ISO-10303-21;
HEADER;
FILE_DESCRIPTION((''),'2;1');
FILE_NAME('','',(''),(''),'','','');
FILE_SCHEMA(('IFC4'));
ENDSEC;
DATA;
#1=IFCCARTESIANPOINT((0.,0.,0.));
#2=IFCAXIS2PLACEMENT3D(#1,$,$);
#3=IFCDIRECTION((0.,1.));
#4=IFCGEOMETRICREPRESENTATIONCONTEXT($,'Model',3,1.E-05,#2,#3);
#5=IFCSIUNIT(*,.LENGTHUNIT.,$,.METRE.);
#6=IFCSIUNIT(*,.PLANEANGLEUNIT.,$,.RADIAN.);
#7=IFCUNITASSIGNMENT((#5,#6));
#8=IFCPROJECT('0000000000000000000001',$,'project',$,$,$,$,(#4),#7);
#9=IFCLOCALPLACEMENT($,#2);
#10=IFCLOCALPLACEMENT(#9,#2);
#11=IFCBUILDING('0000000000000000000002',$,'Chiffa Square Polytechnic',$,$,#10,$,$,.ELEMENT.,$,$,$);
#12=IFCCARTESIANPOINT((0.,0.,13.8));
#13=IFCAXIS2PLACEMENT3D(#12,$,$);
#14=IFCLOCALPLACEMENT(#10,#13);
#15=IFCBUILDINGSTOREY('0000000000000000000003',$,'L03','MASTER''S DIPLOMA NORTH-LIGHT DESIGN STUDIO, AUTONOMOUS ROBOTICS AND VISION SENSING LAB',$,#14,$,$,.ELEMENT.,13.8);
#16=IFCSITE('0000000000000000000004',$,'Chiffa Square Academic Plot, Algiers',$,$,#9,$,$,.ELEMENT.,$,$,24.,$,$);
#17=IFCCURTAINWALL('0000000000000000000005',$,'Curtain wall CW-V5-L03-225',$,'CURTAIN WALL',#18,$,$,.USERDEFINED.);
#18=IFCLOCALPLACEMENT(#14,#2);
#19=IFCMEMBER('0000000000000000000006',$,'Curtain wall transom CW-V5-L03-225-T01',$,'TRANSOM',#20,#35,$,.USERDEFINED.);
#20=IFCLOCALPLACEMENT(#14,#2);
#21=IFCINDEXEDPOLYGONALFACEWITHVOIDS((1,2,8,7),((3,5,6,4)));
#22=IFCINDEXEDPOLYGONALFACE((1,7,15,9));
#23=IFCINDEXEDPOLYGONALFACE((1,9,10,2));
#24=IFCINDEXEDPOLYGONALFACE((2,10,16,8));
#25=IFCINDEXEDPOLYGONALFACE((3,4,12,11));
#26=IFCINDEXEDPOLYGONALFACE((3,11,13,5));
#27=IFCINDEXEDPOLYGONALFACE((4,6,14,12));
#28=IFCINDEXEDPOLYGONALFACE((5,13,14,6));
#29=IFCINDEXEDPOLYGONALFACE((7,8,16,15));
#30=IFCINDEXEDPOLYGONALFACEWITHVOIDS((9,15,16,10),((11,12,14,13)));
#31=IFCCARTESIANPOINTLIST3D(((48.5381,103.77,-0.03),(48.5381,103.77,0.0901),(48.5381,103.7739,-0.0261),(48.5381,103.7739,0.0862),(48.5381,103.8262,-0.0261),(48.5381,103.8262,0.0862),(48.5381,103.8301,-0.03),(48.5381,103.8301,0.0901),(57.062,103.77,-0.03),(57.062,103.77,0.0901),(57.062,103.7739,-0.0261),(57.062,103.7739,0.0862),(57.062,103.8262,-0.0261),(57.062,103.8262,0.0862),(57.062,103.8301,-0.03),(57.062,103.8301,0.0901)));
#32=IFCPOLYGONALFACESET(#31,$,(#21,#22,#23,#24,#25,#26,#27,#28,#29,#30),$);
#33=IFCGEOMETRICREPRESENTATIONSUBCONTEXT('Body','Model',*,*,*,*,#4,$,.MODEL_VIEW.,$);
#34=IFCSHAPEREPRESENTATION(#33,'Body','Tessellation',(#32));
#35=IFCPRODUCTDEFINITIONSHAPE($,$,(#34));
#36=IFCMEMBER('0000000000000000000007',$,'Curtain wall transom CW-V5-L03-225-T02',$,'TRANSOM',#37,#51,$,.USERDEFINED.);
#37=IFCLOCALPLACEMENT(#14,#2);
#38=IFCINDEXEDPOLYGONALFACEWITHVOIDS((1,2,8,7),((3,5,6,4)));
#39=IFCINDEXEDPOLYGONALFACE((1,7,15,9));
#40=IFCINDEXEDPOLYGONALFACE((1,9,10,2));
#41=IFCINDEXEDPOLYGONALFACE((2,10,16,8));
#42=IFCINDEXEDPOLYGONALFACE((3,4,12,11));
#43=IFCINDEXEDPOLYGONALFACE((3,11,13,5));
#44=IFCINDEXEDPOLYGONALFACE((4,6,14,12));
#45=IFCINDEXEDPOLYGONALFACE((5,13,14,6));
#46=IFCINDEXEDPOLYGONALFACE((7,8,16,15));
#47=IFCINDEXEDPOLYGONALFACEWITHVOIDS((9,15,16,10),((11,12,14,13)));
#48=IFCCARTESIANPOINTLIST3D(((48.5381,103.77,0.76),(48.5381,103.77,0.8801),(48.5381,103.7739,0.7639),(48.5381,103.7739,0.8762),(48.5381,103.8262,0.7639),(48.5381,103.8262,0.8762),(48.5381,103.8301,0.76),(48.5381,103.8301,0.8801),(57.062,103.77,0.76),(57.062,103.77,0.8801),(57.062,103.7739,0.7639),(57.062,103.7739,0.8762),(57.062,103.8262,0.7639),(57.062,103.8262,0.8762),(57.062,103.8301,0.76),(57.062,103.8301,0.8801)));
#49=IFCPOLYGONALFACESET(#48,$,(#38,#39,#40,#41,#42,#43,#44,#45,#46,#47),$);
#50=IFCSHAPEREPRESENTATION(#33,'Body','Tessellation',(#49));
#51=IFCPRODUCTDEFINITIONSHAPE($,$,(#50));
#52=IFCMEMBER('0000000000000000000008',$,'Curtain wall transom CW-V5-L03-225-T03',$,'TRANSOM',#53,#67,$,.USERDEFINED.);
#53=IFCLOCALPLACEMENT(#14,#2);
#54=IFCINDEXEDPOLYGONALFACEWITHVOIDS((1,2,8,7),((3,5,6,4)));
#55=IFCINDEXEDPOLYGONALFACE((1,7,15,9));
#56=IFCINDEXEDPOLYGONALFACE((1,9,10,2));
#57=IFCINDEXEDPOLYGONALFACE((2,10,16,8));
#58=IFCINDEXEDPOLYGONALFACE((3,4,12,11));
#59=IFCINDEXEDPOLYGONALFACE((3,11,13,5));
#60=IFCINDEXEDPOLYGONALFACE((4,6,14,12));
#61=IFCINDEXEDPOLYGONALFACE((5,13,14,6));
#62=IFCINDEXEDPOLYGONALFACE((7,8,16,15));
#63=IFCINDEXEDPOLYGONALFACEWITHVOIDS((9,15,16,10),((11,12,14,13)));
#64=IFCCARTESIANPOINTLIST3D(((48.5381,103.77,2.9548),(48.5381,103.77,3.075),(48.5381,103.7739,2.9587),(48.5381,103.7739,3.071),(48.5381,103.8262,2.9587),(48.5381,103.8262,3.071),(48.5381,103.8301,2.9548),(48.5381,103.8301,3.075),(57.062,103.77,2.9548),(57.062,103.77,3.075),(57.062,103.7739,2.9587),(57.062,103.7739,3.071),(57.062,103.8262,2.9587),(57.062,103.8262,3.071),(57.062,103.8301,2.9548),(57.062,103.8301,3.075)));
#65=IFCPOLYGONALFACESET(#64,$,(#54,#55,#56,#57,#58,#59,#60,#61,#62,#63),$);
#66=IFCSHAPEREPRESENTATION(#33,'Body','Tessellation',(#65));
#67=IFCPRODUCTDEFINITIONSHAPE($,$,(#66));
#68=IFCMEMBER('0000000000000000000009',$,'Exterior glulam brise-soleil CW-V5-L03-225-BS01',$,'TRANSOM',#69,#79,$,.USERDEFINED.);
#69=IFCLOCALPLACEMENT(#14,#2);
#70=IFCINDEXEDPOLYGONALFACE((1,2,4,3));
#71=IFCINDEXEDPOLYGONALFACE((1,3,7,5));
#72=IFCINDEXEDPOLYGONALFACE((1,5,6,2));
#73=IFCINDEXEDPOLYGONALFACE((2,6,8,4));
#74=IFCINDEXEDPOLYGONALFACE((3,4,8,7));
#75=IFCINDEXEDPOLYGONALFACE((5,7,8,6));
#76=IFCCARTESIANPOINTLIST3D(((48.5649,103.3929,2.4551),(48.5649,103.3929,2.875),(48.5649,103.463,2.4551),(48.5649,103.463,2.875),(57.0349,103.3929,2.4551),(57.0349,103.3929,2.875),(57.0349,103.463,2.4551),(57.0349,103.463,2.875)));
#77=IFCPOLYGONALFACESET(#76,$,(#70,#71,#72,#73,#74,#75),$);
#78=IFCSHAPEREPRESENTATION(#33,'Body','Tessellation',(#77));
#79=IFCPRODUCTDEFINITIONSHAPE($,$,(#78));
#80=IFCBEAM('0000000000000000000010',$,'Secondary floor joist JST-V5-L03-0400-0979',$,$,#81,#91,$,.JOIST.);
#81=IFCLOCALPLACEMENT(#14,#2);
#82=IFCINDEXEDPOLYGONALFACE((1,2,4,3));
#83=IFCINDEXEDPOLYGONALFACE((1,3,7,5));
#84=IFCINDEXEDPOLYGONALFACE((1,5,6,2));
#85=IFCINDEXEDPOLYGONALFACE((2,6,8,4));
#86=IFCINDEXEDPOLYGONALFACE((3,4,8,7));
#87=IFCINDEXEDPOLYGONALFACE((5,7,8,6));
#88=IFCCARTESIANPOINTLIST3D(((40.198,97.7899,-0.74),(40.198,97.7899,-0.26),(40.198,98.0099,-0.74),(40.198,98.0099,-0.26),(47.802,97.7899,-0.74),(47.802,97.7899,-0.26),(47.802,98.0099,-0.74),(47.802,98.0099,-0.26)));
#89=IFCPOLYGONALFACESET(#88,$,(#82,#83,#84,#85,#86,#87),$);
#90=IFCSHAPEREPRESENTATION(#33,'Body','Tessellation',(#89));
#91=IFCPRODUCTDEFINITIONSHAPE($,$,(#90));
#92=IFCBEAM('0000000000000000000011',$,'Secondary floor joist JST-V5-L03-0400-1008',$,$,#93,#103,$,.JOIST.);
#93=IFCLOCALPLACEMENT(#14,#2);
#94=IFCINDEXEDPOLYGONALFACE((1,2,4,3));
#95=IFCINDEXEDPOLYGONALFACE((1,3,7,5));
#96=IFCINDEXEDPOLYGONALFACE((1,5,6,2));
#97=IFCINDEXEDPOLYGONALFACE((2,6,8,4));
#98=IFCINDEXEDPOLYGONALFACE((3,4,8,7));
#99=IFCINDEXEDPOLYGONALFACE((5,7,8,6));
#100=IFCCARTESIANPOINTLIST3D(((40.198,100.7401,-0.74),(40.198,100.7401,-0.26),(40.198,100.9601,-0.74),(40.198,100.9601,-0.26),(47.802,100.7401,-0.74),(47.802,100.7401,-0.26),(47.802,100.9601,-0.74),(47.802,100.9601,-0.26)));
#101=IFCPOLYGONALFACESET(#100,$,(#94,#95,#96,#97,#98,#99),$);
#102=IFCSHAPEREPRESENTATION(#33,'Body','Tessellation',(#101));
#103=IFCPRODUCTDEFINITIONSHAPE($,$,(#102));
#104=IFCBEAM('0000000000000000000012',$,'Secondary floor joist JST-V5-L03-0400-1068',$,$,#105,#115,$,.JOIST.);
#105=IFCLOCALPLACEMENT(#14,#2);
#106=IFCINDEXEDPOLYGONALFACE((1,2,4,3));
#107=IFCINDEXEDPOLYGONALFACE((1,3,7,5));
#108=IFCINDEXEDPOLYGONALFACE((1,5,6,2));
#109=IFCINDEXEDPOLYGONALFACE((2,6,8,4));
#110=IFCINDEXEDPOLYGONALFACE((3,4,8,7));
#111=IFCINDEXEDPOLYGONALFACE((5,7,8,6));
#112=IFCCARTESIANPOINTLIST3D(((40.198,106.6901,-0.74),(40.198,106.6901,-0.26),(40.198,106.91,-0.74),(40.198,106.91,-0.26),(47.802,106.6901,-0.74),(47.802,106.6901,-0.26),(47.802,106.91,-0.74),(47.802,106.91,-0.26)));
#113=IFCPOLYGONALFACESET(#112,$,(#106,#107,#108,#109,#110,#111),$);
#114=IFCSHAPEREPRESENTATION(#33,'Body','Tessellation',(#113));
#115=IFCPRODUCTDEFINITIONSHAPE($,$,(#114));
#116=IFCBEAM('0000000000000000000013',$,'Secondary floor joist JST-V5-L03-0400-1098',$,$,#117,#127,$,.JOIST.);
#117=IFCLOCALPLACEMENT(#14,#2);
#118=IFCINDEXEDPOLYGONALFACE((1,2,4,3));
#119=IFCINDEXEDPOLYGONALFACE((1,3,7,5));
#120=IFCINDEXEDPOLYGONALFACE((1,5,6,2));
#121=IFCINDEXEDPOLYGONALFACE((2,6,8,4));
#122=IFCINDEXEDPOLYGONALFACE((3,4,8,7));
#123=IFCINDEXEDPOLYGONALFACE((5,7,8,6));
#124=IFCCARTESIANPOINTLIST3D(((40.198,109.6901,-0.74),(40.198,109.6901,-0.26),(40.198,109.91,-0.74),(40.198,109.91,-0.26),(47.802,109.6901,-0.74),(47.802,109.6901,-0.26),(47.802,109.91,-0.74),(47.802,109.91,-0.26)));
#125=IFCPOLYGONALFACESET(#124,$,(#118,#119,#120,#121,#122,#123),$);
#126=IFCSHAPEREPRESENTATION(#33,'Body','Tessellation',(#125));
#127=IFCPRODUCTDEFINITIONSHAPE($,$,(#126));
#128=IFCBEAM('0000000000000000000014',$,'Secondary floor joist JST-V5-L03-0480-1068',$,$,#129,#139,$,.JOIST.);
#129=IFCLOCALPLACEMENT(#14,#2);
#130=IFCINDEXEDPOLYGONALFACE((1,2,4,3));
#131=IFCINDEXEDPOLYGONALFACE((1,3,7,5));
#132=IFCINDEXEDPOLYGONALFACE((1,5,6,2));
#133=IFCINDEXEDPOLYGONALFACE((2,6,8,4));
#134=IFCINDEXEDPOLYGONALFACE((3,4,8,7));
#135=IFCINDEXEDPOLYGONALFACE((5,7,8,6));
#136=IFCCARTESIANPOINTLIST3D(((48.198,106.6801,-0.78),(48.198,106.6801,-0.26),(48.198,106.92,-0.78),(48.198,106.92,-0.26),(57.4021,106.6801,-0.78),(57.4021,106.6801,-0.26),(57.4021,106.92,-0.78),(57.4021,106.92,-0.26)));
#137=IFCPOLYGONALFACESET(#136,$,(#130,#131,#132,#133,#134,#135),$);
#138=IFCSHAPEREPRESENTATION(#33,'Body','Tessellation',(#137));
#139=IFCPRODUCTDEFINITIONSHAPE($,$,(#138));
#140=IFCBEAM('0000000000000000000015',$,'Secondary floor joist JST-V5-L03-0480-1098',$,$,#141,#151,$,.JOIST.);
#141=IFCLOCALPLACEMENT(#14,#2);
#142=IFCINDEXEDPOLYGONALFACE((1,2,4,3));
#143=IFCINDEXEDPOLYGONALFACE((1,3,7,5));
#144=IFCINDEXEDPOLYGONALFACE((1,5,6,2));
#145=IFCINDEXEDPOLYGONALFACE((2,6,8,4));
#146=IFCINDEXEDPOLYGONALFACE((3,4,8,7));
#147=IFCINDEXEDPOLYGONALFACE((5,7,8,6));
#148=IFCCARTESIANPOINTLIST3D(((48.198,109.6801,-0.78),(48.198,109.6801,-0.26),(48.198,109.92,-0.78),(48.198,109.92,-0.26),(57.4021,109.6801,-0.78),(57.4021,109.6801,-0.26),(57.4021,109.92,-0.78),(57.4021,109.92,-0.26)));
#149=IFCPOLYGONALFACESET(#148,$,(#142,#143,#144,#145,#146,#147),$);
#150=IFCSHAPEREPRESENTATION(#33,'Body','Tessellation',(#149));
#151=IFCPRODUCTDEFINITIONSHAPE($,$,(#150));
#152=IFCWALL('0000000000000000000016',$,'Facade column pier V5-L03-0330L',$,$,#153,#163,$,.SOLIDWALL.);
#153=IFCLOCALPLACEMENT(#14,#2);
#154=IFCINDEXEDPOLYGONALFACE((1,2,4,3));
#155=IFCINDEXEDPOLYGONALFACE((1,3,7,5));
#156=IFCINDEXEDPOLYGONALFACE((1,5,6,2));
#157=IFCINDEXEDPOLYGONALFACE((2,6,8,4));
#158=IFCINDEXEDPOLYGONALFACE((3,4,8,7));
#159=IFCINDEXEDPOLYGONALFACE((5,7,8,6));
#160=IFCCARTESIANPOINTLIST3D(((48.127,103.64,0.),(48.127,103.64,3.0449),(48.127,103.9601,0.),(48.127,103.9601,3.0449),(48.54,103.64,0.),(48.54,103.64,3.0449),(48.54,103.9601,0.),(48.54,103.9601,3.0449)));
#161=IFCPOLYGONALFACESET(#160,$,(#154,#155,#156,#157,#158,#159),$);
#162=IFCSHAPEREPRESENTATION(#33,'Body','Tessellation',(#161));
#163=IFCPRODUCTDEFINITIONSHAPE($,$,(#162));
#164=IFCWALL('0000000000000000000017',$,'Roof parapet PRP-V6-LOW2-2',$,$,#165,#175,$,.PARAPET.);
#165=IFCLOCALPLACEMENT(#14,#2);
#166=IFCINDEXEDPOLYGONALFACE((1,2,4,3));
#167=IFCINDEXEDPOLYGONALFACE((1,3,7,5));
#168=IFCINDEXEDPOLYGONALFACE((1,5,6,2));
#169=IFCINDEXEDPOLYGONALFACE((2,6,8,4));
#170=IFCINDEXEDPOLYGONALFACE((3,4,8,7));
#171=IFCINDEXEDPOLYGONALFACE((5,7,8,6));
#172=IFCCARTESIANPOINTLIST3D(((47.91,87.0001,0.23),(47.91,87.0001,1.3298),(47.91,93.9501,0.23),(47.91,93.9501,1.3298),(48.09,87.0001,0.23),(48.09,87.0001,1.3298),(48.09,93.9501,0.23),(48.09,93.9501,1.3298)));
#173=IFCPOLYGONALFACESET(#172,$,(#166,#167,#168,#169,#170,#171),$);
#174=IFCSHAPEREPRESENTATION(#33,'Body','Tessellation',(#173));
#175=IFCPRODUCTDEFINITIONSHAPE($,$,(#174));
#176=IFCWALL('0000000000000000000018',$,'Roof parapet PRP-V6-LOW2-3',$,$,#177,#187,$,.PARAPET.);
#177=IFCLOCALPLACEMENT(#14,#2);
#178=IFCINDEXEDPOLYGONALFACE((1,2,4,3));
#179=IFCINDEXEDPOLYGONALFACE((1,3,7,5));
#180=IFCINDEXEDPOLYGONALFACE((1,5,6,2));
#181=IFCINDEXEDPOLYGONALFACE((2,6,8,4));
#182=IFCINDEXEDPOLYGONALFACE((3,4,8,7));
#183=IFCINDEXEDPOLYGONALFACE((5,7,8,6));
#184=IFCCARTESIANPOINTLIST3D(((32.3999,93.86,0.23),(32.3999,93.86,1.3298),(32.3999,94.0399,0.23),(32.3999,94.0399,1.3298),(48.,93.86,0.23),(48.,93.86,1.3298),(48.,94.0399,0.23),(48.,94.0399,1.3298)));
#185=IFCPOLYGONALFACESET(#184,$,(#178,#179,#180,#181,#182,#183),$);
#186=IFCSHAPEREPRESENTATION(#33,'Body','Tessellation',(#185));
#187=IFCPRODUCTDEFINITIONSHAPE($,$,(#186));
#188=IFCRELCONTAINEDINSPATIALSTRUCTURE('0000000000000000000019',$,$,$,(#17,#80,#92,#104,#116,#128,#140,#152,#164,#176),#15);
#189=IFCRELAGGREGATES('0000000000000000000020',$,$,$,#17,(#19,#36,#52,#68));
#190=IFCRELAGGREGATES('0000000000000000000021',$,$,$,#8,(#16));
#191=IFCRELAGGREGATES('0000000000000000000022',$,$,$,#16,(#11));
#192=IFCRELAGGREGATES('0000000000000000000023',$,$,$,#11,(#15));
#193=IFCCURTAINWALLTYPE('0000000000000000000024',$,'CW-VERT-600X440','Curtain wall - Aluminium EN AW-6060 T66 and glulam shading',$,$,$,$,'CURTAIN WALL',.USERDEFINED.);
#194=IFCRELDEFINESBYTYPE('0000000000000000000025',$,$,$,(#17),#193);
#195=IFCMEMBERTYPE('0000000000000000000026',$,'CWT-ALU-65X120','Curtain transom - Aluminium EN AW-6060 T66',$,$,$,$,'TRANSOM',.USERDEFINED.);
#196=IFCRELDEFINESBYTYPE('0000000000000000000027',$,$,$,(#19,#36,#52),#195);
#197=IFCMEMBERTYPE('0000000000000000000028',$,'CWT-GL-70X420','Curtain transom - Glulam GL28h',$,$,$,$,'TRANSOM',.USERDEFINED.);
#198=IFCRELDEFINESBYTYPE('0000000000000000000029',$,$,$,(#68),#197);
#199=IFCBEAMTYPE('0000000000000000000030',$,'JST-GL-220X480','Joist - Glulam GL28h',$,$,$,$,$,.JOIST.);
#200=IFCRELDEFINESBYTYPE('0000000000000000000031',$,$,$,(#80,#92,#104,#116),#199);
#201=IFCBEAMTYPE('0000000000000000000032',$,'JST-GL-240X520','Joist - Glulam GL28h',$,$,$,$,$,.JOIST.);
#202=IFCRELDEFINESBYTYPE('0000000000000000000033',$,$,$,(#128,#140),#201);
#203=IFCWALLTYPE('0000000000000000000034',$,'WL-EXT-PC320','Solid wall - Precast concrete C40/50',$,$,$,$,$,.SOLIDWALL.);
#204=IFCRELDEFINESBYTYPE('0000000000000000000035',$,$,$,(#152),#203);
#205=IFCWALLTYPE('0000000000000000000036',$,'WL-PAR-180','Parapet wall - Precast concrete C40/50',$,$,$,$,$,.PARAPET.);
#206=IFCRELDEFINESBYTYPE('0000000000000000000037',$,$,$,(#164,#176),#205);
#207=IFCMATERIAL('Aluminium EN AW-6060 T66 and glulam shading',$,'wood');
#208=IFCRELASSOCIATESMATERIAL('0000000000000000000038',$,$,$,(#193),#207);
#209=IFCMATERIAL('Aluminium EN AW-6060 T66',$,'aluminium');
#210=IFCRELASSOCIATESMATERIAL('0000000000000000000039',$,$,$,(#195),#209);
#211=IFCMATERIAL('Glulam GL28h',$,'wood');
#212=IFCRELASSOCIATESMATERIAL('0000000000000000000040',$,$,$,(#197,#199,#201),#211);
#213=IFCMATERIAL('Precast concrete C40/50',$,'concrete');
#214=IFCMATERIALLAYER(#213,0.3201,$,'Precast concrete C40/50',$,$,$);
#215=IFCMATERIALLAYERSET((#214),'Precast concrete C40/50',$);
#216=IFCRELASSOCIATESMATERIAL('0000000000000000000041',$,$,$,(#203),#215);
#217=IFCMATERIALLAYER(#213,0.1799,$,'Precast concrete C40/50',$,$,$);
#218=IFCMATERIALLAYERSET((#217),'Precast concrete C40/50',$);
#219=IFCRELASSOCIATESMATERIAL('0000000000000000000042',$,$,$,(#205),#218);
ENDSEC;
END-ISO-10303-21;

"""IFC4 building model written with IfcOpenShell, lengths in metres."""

from ifc_helpers import new_model, si_unit, direction, frame, frame_2d, origin, origin_2d, place, context, subcontext, project, spatial, rectangle, hollow_rectangle, extrude, material, layer, layer_set, material_profile, profile_set, type_object, element, aggregate, save


model = new_model("IFC4")

# Units and contexts
model_context = context("Model", 3, precision=1e-05, world=origin(), true_north=direction((0.0, 1.0)))
body_context = subcontext(model_context, "Body", "Model", "MODEL_VIEW")
ifc_project = project(units=[si_unit("LENGTHUNIT", "METRE"), si_unit("PLANEANGLEUNIT", "RADIAN")], contexts=[model_context])

# Site, building, storey
site_placement = place(None, origin())
site = spatial("IfcSite", under=ifc_project, at=site_placement, Name="Chiffa Square Academic Plot, Algiers", CompositionType="ELEMENT", RefElevation=24.0)
building_placement = place(site_placement, origin())
building = spatial("IfcBuilding", under=site, at=building_placement, Name="Chiffa Square Polytechnic", CompositionType="ELEMENT")
storey_placement = place(building_placement, frame((0.0, 0.0, 13.8)))
storey = spatial("IfcBuildingStorey", under=building, at=storey_placement, Name="L03", Description="MASTER'S DIPLOMA NORTH-LIGHT DESIGN STUDIO, AUTONOMOUS ROBOTICS AND VISION SENSING LAB", CompositionType="ELEMENT", Elevation=13.8)

# Curtain wall, members
ifc_material_1 = material(Name="Aluminium EN AW-6060 T66 and glulam shading", Category="wood")
curtain_wall_type = type_object("IfcCurtainWallType", Name="CW-VERT-600X440", Description="Curtain wall - Aluminium EN AW-6060 T66 and glulam shading", ElementType="CURTAIN WALL", PredefinedType="USERDEFINED", material=ifc_material_1)
curtain_wall_placement = place(storey_placement, origin())
curtain_wall = element("IfcCurtainWall", 1, at=curtain_wall_placement, inside=storey, type_object=curtain_wall_type, Name="Curtain wall CW-V5-L03-225", ObjectType="CURTAIN WALL", PredefinedType="USERDEFINED")
ifc_material_2 = material(Name="Glulam GL28h", Category="wood")
ifc_material_3 = material(Name="Aluminium EN AW-6060 T66", Category="aluminium")
ifc_material_profile_1 = material_profile(ifc_material_3, hollow_rectangle(XDim=0.0601, YDim=0.1201, WallThickness=0.0039, at=origin_2d()), Name="ALU 60x120x4")
ifc_profile_set_1 = profile_set([ifc_material_profile_1], Name="Aluminium EN AW-6060 T66")
member_type_1 = type_object("IfcMemberType", Name="CWT-ALU-65X120", Description="Curtain transom - Aluminium EN AW-6060 T66", ElementType="TRANSOM", PredefinedType="USERDEFINED", material=ifc_profile_set_1)
member_1_placement = place(storey_placement, frame((48.5381, 103.8, 0.03), z_axis=(1.0, 0.0, 0.0), x_axis=(0.0, 1.0, 0.0)))
member_1 = element("IfcMember", 2, at=member_1_placement, type_object=member_type_1, Name="Curtain wall transom CW-V5-L03-225-T01", ObjectType="TRANSOM", PredefinedType="USERDEFINED", context=body_context, shape_type="SweptSolid", body=[
    extrude(hollow_rectangle(XDim=0.0601, YDim=0.1201, WallThickness=0.0039, at=origin_2d()), origin(), (0.0, 0.0, 1.0), 8.5239),
])
member_2_placement = place(storey_placement, frame((48.5381, 103.8, 0.8201), z_axis=(1.0, 0.0, 0.0), x_axis=(0.0, 1.0, 0.0)))
member_2 = element("IfcMember", 3, at=member_2_placement, type_object=member_type_1, Name="Curtain wall transom CW-V5-L03-225-T02", ObjectType="TRANSOM", PredefinedType="USERDEFINED", context=body_context, shape_type="SweptSolid", body=[
    extrude(hollow_rectangle(XDim=0.0601, YDim=0.1201, WallThickness=0.0039, at=origin_2d()), origin(), (0.0, 0.0, 1.0), 8.5239),
])
member_3_placement = place(storey_placement, frame((48.5381, 103.8, 3.0149), z_axis=(1.0, 0.0, 0.0), x_axis=(0.0, 1.0, 0.0)))
member_3 = element("IfcMember", 4, at=member_3_placement, type_object=member_type_1, Name="Curtain wall transom CW-V5-L03-225-T03", ObjectType="TRANSOM", PredefinedType="USERDEFINED", context=body_context, shape_type="SweptSolid", body=[
    extrude(hollow_rectangle(XDim=0.0601, YDim=0.1201, WallThickness=0.0039, at=origin_2d()), origin(), (0.0, 0.0, 1.0), 8.5239),
])
ifc_material_profile_2 = material_profile(ifc_material_2, rectangle(XDim=0.0701, YDim=0.4199, at=origin_2d()), Name="GL28h 70x420")
ifc_profile_set_2 = profile_set([ifc_material_profile_2], Name="Glulam GL28h")
member_type_2 = type_object("IfcMemberType", Name="CWT-GL-70X420", Description="Curtain transom - Glulam GL28h", ElementType="TRANSOM", PredefinedType="USERDEFINED", material=ifc_profile_set_2)
member_4_placement = place(storey_placement, frame((48.5649, 103.428, 2.665), z_axis=(1.0, 0.0, 0.0), x_axis=(0.0, 1.0, 0.0)))
member_4 = element("IfcMember", 5, at=member_4_placement, type_object=member_type_2, Name="Exterior glulam brise-soleil CW-V5-L03-225-BS01", ObjectType="TRANSOM", PredefinedType="USERDEFINED", context=body_context, shape_type="SweptSolid", body=[
    extrude(rectangle(XDim=0.0701, YDim=0.4199, at=origin_2d()), origin(), (0.0, 0.0, 1.0), 8.47),
])
aggregate(curtain_wall, [member_1, member_2, member_3, member_4])

# Beams
ifc_material_profile_3 = material_profile(ifc_material_2, rectangle(XDim=0.22, YDim=0.48, at=origin_2d()), Name="GL28h 220x480")
ifc_profile_set_3 = profile_set([ifc_material_profile_3], Name="Glulam GL28h")
beam_type_1 = type_object("IfcBeamType", Name="JST-GL-220X480", Description="Joist - Glulam GL28h", PredefinedType="JOIST", material=ifc_profile_set_3)
for number, where, z_axis, x_axis, name in (
    (6, (40.198, 97.8999, -0.5), (1.0, 0.0, 0.0), (0.0, 1.0, 0.0), "Secondary floor joist JST-V5-L03-0400-0979"),
    (7, (40.198, 100.8501, -0.5), (1.0, 0.0, 0.0), (0.0, 1.0, 0.0), "Secondary floor joist JST-V5-L03-0400-1008"),
    (8, (40.198, 106.8, -0.5), (1.0, 0.0, 0.0), (0.0, 1.0, 0.0), "Secondary floor joist JST-V5-L03-0400-1068"),
    (9, (40.198, 109.8, -0.5), (1.0, 0.0, 0.0), (0.0, 1.0, 0.0), "Secondary floor joist JST-V5-L03-0400-1098"),
):
    element("IfcBeam", number, at=place(storey_placement, frame(where, z_axis=z_axis, x_axis=x_axis)), inside=storey, type_object=beam_type_1, Name=name, PredefinedType="JOIST", context=body_context, shape_type="SweptSolid", body=[
        extrude(rectangle(XDim=0.22, YDim=0.48, at=origin_2d()), origin(), (0.0, 0.0, 1.0), 7.604),
    ])
ifc_material_profile_4 = material_profile(ifc_material_2, rectangle(XDim=0.24, YDim=0.52, at=origin_2d()), Name="GL28h 240x520")
ifc_profile_set_4 = profile_set([ifc_material_profile_4], Name="Glulam GL28h")
beam_type_2 = type_object("IfcBeamType", Name="JST-GL-240X520", Description="Joist - Glulam GL28h", PredefinedType="JOIST", material=ifc_profile_set_4)
for number, where, z_axis, x_axis, name in (
    (10, (48.198, 106.8, -0.52), (1.0, 0.0, 0.0), (0.0, 1.0, 0.0), "Secondary floor joist JST-V5-L03-0480-1068"),
    (11, (48.198, 109.8, -0.52), (1.0, 0.0, 0.0), (0.0, 1.0, 0.0), "Secondary floor joist JST-V5-L03-0480-1098"),
):
    element("IfcBeam", number, at=place(storey_placement, frame(where, z_axis=z_axis, x_axis=x_axis)), inside=storey, type_object=beam_type_2, Name=name, PredefinedType="JOIST", context=body_context, shape_type="SweptSolid", body=[
        extrude(rectangle(XDim=0.24, YDim=0.52, at=origin_2d()), origin(), (0.0, 0.0, 1.0), 9.2041),
    ])

# Walls
ifc_material_4 = material(Name="Precast concrete C40/50", Category="concrete")
ifc_layer_1 = layer(ifc_material_4, 0.3201, Name="Precast concrete C40/50")
ifc_layer_set_1 = layer_set([ifc_layer_1], Name="Precast concrete C40/50")
wall_type_1 = type_object("IfcWallType", Name="WL-EXT-PC320", Description="Solid wall - Precast concrete C40/50", PredefinedType="SOLIDWALL", material=ifc_layer_set_1)
wall_1_placement = place(storey_placement, frame((48.127, 103.8, 0.0), z_axis=(0.0, 0.0, 1.0), x_axis=(1.0, 0.0, 0.0)))
element("IfcWall", 12, at=wall_1_placement, inside=storey, type_object=wall_type_1, Name="Facade column pier V5-L03-0330L", PredefinedType="SOLIDWALL", context=body_context, shape_type="SweptSolid", body=[
    extrude(rectangle(XDim=0.4131, YDim=0.3201, at=frame_2d((0.2065, 0.0))), origin(), (0.0, 0.0, 1.0), 3.0449),
])
ifc_layer_2 = layer(ifc_material_4, 0.1799, Name="Precast concrete C40/50")
ifc_layer_set_2 = layer_set([ifc_layer_2], Name="Precast concrete C40/50")
wall_type_2 = type_object("IfcWallType", Name="WL-PAR-180", Description="Parapet wall - Precast concrete C40/50", PredefinedType="PARAPET", material=ifc_layer_set_2)
wall_2_placement = place(storey_placement, frame((48.0, 87.0, 0.23), z_axis=(0.0, 0.0, 1.0), x_axis=(0.0, 1.0, 0.0)))
element("IfcWall", 13, at=wall_2_placement, inside=storey, type_object=wall_type_2, Name="Roof parapet PRP-V6-LOW2-2", PredefinedType="PARAPET", context=body_context, shape_type="SweptSolid", body=[
    extrude(rectangle(XDim=6.95, YDim=0.1799, at=frame_2d((3.4751, 0.0))), origin(), (0.0, 0.0, 1.0), 1.0999),
])
wall_3_placement = place(storey_placement, frame((48.0, 93.95, 0.23), z_axis=(0.0, 0.0, 1.0), x_axis=(-1.0, 0.0, 0.0)))
element("IfcWall", 14, at=wall_3_placement, inside=storey, type_object=wall_type_2, Name="Roof parapet PRP-V6-LOW2-3", PredefinedType="PARAPET", context=body_context, shape_type="SweptSolid", body=[
    extrude(rectangle(XDim=15.6001, YDim=0.1799, at=frame_2d((7.8, 0.0))), origin(), (0.0, 0.0, 1.0), 1.0999),
])

save(model, "model.ifc")
